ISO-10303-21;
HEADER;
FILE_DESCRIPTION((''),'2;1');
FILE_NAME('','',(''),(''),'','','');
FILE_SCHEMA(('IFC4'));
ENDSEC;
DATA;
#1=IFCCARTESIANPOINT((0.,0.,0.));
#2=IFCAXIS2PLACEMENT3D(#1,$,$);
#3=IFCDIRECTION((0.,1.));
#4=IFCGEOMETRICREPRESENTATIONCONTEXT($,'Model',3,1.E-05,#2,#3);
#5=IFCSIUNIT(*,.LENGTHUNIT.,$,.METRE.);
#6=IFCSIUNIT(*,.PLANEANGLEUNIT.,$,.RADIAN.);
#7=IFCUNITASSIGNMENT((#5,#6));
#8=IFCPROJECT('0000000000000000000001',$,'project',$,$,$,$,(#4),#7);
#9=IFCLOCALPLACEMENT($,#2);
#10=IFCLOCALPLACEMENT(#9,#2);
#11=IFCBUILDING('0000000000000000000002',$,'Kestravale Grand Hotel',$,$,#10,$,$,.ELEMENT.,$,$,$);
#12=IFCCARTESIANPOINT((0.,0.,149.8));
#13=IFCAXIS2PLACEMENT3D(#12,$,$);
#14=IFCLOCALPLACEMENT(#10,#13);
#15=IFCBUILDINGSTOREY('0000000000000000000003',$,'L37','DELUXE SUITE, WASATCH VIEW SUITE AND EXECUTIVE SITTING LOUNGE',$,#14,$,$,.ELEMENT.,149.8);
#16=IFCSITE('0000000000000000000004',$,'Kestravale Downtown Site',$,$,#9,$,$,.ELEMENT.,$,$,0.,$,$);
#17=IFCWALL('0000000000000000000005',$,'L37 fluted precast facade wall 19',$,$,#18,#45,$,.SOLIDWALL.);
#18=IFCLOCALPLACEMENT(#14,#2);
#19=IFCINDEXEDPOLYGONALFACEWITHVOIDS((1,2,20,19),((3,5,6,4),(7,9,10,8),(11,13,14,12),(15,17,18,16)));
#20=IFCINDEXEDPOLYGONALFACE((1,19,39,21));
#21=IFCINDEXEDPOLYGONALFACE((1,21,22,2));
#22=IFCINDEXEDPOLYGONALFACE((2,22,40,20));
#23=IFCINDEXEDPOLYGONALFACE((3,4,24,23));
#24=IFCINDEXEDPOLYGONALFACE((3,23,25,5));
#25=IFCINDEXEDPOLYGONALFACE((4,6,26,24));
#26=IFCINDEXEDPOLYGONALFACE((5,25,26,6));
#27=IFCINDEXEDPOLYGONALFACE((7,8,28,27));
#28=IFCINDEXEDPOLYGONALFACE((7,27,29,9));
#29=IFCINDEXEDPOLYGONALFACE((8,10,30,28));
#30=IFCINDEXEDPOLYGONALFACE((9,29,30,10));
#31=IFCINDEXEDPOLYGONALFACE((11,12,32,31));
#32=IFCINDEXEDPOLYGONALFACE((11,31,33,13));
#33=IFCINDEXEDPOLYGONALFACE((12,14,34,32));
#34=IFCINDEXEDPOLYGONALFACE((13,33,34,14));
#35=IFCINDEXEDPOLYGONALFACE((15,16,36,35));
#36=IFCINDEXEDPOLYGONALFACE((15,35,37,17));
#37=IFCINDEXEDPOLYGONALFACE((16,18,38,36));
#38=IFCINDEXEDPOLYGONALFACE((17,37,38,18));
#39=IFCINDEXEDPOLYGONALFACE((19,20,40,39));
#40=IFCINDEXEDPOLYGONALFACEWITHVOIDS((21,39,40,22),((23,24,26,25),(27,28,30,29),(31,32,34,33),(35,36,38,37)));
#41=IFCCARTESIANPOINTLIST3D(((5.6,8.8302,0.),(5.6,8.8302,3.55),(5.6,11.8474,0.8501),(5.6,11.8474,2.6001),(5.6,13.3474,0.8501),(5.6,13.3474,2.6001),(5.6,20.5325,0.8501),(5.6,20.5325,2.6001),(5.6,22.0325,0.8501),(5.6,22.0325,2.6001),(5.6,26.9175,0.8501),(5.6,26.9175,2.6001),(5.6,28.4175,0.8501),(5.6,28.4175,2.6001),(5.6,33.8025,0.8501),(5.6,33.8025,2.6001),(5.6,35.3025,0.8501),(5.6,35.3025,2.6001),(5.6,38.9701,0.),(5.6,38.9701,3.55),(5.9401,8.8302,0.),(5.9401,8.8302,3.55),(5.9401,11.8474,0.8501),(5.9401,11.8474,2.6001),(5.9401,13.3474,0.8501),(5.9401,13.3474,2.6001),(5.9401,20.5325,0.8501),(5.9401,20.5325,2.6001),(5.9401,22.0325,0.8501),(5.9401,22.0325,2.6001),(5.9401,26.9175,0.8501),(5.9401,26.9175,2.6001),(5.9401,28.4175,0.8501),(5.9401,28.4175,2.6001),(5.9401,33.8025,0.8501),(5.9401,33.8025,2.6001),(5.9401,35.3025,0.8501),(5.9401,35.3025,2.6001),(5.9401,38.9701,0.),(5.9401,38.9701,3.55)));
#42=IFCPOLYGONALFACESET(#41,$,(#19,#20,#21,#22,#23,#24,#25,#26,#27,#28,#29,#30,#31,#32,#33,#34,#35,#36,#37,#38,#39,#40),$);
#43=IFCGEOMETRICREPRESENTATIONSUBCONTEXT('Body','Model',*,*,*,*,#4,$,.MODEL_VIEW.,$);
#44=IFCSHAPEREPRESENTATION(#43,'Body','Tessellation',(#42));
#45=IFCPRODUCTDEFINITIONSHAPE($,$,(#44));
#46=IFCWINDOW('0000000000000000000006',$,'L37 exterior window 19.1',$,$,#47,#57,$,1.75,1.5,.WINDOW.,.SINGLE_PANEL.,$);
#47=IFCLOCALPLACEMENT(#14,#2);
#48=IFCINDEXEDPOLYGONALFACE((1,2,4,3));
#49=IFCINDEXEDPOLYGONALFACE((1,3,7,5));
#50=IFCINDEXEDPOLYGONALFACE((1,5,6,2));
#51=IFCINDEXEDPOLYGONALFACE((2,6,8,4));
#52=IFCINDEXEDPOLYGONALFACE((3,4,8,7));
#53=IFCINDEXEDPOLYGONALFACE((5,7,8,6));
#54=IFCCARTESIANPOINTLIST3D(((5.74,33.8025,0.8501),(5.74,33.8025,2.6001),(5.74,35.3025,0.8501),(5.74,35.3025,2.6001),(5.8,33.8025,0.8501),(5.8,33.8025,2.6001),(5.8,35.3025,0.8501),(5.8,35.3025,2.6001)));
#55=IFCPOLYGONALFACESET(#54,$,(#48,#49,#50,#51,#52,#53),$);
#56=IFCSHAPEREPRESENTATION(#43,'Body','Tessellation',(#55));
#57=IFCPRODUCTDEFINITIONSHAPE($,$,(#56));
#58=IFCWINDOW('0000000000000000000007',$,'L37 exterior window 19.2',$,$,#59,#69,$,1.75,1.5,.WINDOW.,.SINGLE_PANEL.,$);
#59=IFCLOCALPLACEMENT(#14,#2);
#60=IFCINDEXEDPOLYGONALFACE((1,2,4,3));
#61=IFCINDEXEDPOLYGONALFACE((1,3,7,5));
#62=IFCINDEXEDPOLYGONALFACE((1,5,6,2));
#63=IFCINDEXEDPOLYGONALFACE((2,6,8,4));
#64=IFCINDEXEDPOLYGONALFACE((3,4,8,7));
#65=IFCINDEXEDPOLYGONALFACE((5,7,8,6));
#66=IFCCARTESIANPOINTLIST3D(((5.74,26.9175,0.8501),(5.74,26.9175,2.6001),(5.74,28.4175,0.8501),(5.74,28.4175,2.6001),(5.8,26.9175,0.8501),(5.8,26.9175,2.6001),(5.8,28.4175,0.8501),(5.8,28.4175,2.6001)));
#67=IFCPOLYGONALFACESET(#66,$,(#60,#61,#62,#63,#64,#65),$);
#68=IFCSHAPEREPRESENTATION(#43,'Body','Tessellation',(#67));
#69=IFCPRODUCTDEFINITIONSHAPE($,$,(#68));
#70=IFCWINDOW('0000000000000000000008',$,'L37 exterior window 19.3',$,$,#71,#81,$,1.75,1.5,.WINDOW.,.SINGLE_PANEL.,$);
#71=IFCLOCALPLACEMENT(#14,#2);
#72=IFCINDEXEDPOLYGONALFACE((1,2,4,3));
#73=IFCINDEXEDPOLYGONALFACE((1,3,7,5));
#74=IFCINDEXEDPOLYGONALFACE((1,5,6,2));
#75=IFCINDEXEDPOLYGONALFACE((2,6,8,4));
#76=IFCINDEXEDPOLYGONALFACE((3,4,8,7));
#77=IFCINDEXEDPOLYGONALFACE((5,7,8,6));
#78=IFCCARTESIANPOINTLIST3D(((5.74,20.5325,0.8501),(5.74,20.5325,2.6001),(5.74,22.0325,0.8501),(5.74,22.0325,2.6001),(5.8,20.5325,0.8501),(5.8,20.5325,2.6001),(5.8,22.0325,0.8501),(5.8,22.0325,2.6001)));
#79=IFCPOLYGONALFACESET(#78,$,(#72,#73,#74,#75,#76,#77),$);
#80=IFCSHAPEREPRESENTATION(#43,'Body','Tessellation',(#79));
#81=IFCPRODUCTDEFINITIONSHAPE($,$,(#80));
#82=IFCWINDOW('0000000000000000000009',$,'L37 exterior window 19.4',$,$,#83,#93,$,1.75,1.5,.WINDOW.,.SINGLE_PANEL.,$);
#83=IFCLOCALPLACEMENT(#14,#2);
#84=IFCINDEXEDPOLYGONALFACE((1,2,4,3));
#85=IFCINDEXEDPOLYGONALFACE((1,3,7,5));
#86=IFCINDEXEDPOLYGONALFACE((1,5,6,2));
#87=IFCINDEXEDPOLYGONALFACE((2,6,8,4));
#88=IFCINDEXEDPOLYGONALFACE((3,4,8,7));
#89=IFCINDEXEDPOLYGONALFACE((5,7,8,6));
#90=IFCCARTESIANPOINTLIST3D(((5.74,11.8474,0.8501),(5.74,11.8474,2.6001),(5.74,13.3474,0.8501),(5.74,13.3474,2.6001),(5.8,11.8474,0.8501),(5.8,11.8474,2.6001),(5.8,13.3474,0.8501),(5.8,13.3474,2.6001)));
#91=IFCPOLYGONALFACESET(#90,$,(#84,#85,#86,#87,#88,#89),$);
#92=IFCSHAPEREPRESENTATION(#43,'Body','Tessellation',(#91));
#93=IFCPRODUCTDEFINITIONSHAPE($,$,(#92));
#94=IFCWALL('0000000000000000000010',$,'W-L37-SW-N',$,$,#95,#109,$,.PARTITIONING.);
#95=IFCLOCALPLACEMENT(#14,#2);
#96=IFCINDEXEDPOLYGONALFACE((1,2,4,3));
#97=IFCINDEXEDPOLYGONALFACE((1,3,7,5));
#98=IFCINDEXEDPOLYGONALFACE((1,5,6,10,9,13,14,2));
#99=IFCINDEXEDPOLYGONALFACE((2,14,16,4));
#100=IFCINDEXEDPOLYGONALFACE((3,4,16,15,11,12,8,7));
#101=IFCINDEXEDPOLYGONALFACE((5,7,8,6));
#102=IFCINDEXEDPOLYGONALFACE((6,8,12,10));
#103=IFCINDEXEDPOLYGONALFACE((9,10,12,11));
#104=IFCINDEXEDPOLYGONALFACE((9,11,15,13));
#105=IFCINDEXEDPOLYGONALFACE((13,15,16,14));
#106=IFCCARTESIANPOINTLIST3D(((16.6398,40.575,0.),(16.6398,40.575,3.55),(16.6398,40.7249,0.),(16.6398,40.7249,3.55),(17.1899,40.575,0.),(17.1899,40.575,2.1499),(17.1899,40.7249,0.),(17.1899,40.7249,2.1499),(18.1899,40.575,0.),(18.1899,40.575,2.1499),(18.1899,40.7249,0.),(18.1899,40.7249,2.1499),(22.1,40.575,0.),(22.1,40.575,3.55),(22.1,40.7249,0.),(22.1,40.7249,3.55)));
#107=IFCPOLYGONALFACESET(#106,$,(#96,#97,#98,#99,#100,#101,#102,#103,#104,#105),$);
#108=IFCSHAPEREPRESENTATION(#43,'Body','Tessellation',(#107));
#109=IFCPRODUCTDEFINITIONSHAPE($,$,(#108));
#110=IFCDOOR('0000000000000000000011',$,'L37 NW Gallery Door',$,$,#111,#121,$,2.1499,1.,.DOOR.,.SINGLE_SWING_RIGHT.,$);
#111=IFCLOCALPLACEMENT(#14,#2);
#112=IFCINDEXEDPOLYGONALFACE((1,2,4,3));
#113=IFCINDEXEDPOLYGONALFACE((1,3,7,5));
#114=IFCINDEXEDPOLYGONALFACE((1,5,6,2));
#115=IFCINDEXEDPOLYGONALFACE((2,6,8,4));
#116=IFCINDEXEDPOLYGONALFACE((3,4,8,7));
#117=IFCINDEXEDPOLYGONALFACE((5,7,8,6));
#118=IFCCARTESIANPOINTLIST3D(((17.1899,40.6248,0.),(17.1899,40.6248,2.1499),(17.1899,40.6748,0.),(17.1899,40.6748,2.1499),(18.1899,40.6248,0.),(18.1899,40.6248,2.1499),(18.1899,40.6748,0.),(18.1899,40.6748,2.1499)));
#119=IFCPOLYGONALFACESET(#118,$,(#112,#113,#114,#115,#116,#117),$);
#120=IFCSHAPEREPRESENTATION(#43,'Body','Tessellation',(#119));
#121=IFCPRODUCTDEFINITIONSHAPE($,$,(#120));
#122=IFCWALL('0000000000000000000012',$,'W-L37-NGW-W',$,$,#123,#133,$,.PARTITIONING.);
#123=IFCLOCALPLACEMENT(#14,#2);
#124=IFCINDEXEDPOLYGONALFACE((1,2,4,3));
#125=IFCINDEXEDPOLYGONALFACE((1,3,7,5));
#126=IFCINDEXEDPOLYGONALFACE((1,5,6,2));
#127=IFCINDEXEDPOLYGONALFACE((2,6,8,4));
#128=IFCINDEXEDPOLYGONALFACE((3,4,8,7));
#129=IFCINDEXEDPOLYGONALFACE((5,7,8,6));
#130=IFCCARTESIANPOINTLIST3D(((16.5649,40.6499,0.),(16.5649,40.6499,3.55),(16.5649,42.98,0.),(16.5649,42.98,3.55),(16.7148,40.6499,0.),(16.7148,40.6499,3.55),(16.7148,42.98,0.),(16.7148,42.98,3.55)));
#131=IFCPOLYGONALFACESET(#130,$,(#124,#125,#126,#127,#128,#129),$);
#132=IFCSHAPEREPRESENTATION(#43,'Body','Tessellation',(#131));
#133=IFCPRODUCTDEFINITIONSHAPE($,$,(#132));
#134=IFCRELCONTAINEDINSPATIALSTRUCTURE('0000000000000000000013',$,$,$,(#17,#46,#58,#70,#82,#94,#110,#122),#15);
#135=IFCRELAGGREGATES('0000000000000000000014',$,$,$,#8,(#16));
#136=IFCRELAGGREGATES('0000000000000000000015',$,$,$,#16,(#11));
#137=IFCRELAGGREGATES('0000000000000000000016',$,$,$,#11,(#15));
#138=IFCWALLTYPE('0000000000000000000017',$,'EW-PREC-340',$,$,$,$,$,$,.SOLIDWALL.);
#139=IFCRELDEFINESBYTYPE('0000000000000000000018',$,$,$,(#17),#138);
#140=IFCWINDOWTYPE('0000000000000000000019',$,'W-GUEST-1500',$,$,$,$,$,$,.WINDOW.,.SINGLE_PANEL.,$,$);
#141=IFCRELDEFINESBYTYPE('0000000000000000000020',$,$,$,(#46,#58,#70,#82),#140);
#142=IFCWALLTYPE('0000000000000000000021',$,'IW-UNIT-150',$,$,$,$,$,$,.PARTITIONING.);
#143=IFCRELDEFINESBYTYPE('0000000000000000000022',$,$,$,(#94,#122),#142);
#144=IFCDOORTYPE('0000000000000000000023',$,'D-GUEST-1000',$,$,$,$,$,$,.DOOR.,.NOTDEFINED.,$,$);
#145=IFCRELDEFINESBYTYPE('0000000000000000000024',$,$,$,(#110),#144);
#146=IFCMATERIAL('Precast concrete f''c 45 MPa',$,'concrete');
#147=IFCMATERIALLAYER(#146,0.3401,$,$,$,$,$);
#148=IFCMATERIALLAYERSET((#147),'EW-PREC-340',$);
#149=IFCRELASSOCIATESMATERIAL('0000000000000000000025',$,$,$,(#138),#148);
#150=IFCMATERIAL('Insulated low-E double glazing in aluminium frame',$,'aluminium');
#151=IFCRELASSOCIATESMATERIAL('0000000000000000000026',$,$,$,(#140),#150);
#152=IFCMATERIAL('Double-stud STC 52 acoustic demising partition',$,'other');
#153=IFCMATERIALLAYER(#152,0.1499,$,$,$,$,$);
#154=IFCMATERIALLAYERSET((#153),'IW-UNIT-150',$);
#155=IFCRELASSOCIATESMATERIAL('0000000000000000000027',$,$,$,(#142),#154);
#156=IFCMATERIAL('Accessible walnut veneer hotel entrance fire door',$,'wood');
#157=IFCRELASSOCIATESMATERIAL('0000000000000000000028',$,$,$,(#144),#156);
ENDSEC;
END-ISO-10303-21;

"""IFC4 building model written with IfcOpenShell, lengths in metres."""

from ifc_helpers import new_model, si_unit, direction, frame, frame_2d, origin, place, context, subcontext, project, spatial, rectangle, extrude, material, layer, layer_set, type_object, element, fill, save


model = new_model("IFC4")

# Units and contexts
model_context = context("Model", 3, precision=1e-05, world=origin(), true_north=direction((0.0, 1.0)))
body_context = subcontext(model_context, "Body", "Model", "MODEL_VIEW")
ifc_project = project(units=[si_unit("LENGTHUNIT", "METRE"), si_unit("PLANEANGLEUNIT", "RADIAN")], contexts=[model_context])

# Site, building, storey
site_placement = place(None, origin())
site = spatial("IfcSite", under=ifc_project, at=site_placement, Name="Kestravale Downtown Site", CompositionType="ELEMENT", RefElevation=0.0)
building_placement = place(site_placement, origin())
building = spatial("IfcBuilding", under=site, at=building_placement, Name="Kestravale Grand Hotel", CompositionType="ELEMENT")
storey_placement = place(building_placement, frame((0.0, 0.0, 149.8)))
storey = spatial("IfcBuildingStorey", under=building, at=storey_placement, Name="L37", Description="DELUXE SUITE, WASATCH VIEW SUITE AND EXECUTIVE SITTING LOUNGE", CompositionType="ELEMENT", Elevation=149.8)

# Wall, openings, windows
ifc_material_1 = material(Name="Precast concrete f'c 45 MPa", Category="concrete")
ifc_layer_1 = layer(ifc_material_1, 0.3401)
ifc_layer_set_1 = layer_set([ifc_layer_1], Name="EW-PREC-340")
wall_type_1 = type_object("IfcWallType", Name="EW-PREC-340", PredefinedType="SOLIDWALL", material=ifc_layer_set_1)
wall_1_placement = place(storey_placement, frame((5.77, 38.97, 0.0), z_axis=(0.0, 0.0, 1.0), x_axis=(0.0, -1.0, 0.0)))
wall_1 = element("IfcWall", 1, at=wall_1_placement, inside=storey, type_object=wall_type_1, Name="L37 fluted precast facade wall 19", PredefinedType="SOLIDWALL", context=body_context, shape_type="SweptSolid", body=[
    extrude(rectangle(XDim=30.1399, YDim=0.3401, at=frame_2d((15.0698, 0.0))), origin(), (0.0, 0.0, 1.0), 3.55),
])
opening_1_placement = place(wall_1_placement, frame((3.6675, 0.0, 0.8501)))
opening_1 = element("IfcOpeningElement", 2, at=opening_1_placement, cuts=wall_1, PredefinedType="OPENING", context=body_context, shape_type="SweptSolid", body=[
    extrude(rectangle(XDim=1.5, YDim=1.75, at=frame_2d((0.75, 0.875))), frame((0.0, 0.1799, 0.0), z_axis=(0.0, -1.0, 0.0), x_axis=(1.0, 0.0, 0.0)), (0.0, 0.0, 1.0), 0.3601),
])
opening_2_placement = place(wall_1_placement, frame((10.5525, 0.0, 0.8501)))
opening_2 = element("IfcOpeningElement", 3, at=opening_2_placement, cuts=wall_1, PredefinedType="OPENING", context=body_context, shape_type="SweptSolid", body=[
    extrude(rectangle(XDim=1.5, YDim=1.75, at=frame_2d((0.75, 0.875))), frame((0.0, 0.1799, 0.0), z_axis=(0.0, -1.0, 0.0), x_axis=(1.0, 0.0, 0.0)), (0.0, 0.0, 1.0), 0.3601),
])
opening_3_placement = place(wall_1_placement, frame((16.9375, 0.0, 0.8501)))
opening_3 = element("IfcOpeningElement", 4, at=opening_3_placement, cuts=wall_1, PredefinedType="OPENING", context=body_context, shape_type="SweptSolid", body=[
    extrude(rectangle(XDim=1.5, YDim=1.75, at=frame_2d((0.75, 0.875))), frame((0.0, 0.1799, 0.0), z_axis=(0.0, -1.0, 0.0), x_axis=(1.0, 0.0, 0.0)), (0.0, 0.0, 1.0), 0.3601),
])
opening_4_placement = place(wall_1_placement, frame((25.6226, 0.0, 0.8501)))
opening_4 = element("IfcOpeningElement", 5, at=opening_4_placement, cuts=wall_1, PredefinedType="OPENING", context=body_context, shape_type="SweptSolid", body=[
    extrude(rectangle(XDim=1.5, YDim=1.75, at=frame_2d((0.75, 0.875))), frame((0.0, 0.1799, 0.0), z_axis=(0.0, -1.0, 0.0), x_axis=(1.0, 0.0, 0.0)), (0.0, 0.0, 1.0), 0.3601),
])
ifc_material_2 = material(Name="Insulated low-E double glazing in aluminium frame", Category="aluminium")
window_type = type_object("IfcWindowType", Name="W-GUEST-1500", PartitioningType="SINGLE_PANEL", PredefinedType="WINDOW", material=ifc_material_2)
window_1_placement = place(opening_1_placement, origin())
window_1 = element("IfcWindow", 6, at=window_1_placement, inside=storey, type_object=window_type, Name="L37 exterior window 19.1", OverallHeight=1.75, OverallWidth=1.5, PartitioningType="SINGLE_PANEL", PredefinedType="WINDOW", context=body_context, shape_type="SweptSolid", body=[
    extrude(rectangle(XDim=1.5, YDim=1.75, at=frame_2d((0.75, 0.875))), frame((0.0, 0.03, 0.0), z_axis=(0.0, -1.0, 0.0), x_axis=(1.0, 0.0, 0.0)), (0.0, 0.0, 1.0), 0.0601),
])
fill(opening_1, window_1)
window_2_placement = place(opening_2_placement, origin())
window_2 = element("IfcWindow", 7, at=window_2_placement, inside=storey, type_object=window_type, Name="L37 exterior window 19.2", OverallHeight=1.75, OverallWidth=1.5, PartitioningType="SINGLE_PANEL", PredefinedType="WINDOW", context=body_context, shape_type="SweptSolid", body=[
    extrude(rectangle(XDim=1.5, YDim=1.75, at=frame_2d((0.75, 0.875))), frame((0.0, 0.03, 0.0), z_axis=(0.0, -1.0, 0.0), x_axis=(1.0, 0.0, 0.0)), (0.0, 0.0, 1.0), 0.0601),
])
fill(opening_2, window_2)
window_3_placement = place(opening_3_placement, origin())
window_3 = element("IfcWindow", 8, at=window_3_placement, inside=storey, type_object=window_type, Name="L37 exterior window 19.3", OverallHeight=1.75, OverallWidth=1.5, PartitioningType="SINGLE_PANEL", PredefinedType="WINDOW", context=body_context, shape_type="SweptSolid", body=[
    extrude(rectangle(XDim=1.5, YDim=1.75, at=frame_2d((0.75, 0.875))), frame((0.0, 0.03, 0.0), z_axis=(0.0, -1.0, 0.0), x_axis=(1.0, 0.0, 0.0)), (0.0, 0.0, 1.0), 0.0601),
])
fill(opening_3, window_3)
window_4_placement = place(opening_4_placement, origin())
window_4 = element("IfcWindow", 9, at=window_4_placement, inside=storey, type_object=window_type, Name="L37 exterior window 19.4", OverallHeight=1.75, OverallWidth=1.5, PartitioningType="SINGLE_PANEL", PredefinedType="WINDOW", context=body_context, shape_type="SweptSolid", body=[
    extrude(rectangle(XDim=1.5, YDim=1.75, at=frame_2d((0.75, 0.875))), frame((0.0, 0.03, 0.0), z_axis=(0.0, -1.0, 0.0), x_axis=(1.0, 0.0, 0.0)), (0.0, 0.0, 1.0), 0.0601),
])
fill(opening_4, window_4)

# Wall, opening, door
ifc_material_3 = material(Name="Double-stud STC 52 acoustic demising partition", Category="other")
ifc_layer_2 = layer(ifc_material_3, 0.1499)
ifc_layer_set_2 = layer_set([ifc_layer_2], Name="IW-UNIT-150")
wall_type_2 = type_object("IfcWallType", Name="IW-UNIT-150", PredefinedType="PARTITIONING", material=ifc_layer_set_2)
wall_2_placement = place(storey_placement, frame((16.6399, 40.6499, 0.0), z_axis=(0.0, 0.0, 1.0), x_axis=(1.0, 0.0, 0.0)))
wall_2 = element("IfcWall", 10, at=wall_2_placement, inside=storey, type_object=wall_type_2, Name="W-L37-SW-N", PredefinedType="PARTITIONING", context=body_context, shape_type="SweptSolid", body=[
    extrude(rectangle(XDim=5.4602, YDim=0.1499, at=frame_2d((2.73, 0.0))), origin(), (0.0, 0.0, 1.0), 3.55),
])
opening_5_placement = place(wall_2_placement, frame((0.55, 0.0, 0.0)))
opening_5 = element("IfcOpeningElement", 11, at=opening_5_placement, cuts=wall_2, PredefinedType="OPENING", context=body_context, shape_type="SweptSolid", body=[
    extrude(rectangle(XDim=1.0, YDim=2.1499, at=frame_2d((0.5, 1.075))), frame((0.0, 0.085, 0.0), z_axis=(0.0, -1.0, 0.0), x_axis=(1.0, 0.0, 0.0)), (0.0, 0.0, 1.0), 0.1699),
])
ifc_material_4 = material(Name="Accessible walnut veneer hotel entrance fire door", Category="wood")
door_type = type_object("IfcDoorType", Name="D-GUEST-1000", OperationType="NOTDEFINED", PredefinedType="DOOR", material=ifc_material_4)
door_placement = place(opening_5_placement, origin())
door = element("IfcDoor", 12, at=door_placement, inside=storey, type_object=door_type, Name="L37 NW Gallery Door", OperationType="SINGLE_SWING_RIGHT", OverallHeight=2.1499, OverallWidth=1.0, PredefinedType="DOOR", context=body_context, shape_type="SweptSolid", body=[
    extrude(rectangle(XDim=1.0, YDim=2.1499, at=frame_2d((0.5, 1.075))), frame((0.0, 0.0249, 0.0), z_axis=(0.0, -1.0, 0.0), x_axis=(1.0, 0.0, 0.0)), (0.0, 0.0, 1.0), 0.05),
])
fill(opening_5, door)

# Wall
wall_3_placement = place(storey_placement, frame((16.6399, 40.6499, 0.0), z_axis=(0.0, 0.0, 1.0), x_axis=(0.0, 1.0, 0.0)))
element("IfcWall", 13, at=wall_3_placement, inside=storey, type_object=wall_type_2, Name="W-L37-NGW-W", PredefinedType="PARTITIONING", context=body_context, shape_type="SweptSolid", body=[
    extrude(rectangle(XDim=2.3301, YDim=0.1499, at=frame_2d((1.165, 0.0))), origin(), (0.0, 0.0, 1.0), 3.55),
])

save(model, "model.ifc")
